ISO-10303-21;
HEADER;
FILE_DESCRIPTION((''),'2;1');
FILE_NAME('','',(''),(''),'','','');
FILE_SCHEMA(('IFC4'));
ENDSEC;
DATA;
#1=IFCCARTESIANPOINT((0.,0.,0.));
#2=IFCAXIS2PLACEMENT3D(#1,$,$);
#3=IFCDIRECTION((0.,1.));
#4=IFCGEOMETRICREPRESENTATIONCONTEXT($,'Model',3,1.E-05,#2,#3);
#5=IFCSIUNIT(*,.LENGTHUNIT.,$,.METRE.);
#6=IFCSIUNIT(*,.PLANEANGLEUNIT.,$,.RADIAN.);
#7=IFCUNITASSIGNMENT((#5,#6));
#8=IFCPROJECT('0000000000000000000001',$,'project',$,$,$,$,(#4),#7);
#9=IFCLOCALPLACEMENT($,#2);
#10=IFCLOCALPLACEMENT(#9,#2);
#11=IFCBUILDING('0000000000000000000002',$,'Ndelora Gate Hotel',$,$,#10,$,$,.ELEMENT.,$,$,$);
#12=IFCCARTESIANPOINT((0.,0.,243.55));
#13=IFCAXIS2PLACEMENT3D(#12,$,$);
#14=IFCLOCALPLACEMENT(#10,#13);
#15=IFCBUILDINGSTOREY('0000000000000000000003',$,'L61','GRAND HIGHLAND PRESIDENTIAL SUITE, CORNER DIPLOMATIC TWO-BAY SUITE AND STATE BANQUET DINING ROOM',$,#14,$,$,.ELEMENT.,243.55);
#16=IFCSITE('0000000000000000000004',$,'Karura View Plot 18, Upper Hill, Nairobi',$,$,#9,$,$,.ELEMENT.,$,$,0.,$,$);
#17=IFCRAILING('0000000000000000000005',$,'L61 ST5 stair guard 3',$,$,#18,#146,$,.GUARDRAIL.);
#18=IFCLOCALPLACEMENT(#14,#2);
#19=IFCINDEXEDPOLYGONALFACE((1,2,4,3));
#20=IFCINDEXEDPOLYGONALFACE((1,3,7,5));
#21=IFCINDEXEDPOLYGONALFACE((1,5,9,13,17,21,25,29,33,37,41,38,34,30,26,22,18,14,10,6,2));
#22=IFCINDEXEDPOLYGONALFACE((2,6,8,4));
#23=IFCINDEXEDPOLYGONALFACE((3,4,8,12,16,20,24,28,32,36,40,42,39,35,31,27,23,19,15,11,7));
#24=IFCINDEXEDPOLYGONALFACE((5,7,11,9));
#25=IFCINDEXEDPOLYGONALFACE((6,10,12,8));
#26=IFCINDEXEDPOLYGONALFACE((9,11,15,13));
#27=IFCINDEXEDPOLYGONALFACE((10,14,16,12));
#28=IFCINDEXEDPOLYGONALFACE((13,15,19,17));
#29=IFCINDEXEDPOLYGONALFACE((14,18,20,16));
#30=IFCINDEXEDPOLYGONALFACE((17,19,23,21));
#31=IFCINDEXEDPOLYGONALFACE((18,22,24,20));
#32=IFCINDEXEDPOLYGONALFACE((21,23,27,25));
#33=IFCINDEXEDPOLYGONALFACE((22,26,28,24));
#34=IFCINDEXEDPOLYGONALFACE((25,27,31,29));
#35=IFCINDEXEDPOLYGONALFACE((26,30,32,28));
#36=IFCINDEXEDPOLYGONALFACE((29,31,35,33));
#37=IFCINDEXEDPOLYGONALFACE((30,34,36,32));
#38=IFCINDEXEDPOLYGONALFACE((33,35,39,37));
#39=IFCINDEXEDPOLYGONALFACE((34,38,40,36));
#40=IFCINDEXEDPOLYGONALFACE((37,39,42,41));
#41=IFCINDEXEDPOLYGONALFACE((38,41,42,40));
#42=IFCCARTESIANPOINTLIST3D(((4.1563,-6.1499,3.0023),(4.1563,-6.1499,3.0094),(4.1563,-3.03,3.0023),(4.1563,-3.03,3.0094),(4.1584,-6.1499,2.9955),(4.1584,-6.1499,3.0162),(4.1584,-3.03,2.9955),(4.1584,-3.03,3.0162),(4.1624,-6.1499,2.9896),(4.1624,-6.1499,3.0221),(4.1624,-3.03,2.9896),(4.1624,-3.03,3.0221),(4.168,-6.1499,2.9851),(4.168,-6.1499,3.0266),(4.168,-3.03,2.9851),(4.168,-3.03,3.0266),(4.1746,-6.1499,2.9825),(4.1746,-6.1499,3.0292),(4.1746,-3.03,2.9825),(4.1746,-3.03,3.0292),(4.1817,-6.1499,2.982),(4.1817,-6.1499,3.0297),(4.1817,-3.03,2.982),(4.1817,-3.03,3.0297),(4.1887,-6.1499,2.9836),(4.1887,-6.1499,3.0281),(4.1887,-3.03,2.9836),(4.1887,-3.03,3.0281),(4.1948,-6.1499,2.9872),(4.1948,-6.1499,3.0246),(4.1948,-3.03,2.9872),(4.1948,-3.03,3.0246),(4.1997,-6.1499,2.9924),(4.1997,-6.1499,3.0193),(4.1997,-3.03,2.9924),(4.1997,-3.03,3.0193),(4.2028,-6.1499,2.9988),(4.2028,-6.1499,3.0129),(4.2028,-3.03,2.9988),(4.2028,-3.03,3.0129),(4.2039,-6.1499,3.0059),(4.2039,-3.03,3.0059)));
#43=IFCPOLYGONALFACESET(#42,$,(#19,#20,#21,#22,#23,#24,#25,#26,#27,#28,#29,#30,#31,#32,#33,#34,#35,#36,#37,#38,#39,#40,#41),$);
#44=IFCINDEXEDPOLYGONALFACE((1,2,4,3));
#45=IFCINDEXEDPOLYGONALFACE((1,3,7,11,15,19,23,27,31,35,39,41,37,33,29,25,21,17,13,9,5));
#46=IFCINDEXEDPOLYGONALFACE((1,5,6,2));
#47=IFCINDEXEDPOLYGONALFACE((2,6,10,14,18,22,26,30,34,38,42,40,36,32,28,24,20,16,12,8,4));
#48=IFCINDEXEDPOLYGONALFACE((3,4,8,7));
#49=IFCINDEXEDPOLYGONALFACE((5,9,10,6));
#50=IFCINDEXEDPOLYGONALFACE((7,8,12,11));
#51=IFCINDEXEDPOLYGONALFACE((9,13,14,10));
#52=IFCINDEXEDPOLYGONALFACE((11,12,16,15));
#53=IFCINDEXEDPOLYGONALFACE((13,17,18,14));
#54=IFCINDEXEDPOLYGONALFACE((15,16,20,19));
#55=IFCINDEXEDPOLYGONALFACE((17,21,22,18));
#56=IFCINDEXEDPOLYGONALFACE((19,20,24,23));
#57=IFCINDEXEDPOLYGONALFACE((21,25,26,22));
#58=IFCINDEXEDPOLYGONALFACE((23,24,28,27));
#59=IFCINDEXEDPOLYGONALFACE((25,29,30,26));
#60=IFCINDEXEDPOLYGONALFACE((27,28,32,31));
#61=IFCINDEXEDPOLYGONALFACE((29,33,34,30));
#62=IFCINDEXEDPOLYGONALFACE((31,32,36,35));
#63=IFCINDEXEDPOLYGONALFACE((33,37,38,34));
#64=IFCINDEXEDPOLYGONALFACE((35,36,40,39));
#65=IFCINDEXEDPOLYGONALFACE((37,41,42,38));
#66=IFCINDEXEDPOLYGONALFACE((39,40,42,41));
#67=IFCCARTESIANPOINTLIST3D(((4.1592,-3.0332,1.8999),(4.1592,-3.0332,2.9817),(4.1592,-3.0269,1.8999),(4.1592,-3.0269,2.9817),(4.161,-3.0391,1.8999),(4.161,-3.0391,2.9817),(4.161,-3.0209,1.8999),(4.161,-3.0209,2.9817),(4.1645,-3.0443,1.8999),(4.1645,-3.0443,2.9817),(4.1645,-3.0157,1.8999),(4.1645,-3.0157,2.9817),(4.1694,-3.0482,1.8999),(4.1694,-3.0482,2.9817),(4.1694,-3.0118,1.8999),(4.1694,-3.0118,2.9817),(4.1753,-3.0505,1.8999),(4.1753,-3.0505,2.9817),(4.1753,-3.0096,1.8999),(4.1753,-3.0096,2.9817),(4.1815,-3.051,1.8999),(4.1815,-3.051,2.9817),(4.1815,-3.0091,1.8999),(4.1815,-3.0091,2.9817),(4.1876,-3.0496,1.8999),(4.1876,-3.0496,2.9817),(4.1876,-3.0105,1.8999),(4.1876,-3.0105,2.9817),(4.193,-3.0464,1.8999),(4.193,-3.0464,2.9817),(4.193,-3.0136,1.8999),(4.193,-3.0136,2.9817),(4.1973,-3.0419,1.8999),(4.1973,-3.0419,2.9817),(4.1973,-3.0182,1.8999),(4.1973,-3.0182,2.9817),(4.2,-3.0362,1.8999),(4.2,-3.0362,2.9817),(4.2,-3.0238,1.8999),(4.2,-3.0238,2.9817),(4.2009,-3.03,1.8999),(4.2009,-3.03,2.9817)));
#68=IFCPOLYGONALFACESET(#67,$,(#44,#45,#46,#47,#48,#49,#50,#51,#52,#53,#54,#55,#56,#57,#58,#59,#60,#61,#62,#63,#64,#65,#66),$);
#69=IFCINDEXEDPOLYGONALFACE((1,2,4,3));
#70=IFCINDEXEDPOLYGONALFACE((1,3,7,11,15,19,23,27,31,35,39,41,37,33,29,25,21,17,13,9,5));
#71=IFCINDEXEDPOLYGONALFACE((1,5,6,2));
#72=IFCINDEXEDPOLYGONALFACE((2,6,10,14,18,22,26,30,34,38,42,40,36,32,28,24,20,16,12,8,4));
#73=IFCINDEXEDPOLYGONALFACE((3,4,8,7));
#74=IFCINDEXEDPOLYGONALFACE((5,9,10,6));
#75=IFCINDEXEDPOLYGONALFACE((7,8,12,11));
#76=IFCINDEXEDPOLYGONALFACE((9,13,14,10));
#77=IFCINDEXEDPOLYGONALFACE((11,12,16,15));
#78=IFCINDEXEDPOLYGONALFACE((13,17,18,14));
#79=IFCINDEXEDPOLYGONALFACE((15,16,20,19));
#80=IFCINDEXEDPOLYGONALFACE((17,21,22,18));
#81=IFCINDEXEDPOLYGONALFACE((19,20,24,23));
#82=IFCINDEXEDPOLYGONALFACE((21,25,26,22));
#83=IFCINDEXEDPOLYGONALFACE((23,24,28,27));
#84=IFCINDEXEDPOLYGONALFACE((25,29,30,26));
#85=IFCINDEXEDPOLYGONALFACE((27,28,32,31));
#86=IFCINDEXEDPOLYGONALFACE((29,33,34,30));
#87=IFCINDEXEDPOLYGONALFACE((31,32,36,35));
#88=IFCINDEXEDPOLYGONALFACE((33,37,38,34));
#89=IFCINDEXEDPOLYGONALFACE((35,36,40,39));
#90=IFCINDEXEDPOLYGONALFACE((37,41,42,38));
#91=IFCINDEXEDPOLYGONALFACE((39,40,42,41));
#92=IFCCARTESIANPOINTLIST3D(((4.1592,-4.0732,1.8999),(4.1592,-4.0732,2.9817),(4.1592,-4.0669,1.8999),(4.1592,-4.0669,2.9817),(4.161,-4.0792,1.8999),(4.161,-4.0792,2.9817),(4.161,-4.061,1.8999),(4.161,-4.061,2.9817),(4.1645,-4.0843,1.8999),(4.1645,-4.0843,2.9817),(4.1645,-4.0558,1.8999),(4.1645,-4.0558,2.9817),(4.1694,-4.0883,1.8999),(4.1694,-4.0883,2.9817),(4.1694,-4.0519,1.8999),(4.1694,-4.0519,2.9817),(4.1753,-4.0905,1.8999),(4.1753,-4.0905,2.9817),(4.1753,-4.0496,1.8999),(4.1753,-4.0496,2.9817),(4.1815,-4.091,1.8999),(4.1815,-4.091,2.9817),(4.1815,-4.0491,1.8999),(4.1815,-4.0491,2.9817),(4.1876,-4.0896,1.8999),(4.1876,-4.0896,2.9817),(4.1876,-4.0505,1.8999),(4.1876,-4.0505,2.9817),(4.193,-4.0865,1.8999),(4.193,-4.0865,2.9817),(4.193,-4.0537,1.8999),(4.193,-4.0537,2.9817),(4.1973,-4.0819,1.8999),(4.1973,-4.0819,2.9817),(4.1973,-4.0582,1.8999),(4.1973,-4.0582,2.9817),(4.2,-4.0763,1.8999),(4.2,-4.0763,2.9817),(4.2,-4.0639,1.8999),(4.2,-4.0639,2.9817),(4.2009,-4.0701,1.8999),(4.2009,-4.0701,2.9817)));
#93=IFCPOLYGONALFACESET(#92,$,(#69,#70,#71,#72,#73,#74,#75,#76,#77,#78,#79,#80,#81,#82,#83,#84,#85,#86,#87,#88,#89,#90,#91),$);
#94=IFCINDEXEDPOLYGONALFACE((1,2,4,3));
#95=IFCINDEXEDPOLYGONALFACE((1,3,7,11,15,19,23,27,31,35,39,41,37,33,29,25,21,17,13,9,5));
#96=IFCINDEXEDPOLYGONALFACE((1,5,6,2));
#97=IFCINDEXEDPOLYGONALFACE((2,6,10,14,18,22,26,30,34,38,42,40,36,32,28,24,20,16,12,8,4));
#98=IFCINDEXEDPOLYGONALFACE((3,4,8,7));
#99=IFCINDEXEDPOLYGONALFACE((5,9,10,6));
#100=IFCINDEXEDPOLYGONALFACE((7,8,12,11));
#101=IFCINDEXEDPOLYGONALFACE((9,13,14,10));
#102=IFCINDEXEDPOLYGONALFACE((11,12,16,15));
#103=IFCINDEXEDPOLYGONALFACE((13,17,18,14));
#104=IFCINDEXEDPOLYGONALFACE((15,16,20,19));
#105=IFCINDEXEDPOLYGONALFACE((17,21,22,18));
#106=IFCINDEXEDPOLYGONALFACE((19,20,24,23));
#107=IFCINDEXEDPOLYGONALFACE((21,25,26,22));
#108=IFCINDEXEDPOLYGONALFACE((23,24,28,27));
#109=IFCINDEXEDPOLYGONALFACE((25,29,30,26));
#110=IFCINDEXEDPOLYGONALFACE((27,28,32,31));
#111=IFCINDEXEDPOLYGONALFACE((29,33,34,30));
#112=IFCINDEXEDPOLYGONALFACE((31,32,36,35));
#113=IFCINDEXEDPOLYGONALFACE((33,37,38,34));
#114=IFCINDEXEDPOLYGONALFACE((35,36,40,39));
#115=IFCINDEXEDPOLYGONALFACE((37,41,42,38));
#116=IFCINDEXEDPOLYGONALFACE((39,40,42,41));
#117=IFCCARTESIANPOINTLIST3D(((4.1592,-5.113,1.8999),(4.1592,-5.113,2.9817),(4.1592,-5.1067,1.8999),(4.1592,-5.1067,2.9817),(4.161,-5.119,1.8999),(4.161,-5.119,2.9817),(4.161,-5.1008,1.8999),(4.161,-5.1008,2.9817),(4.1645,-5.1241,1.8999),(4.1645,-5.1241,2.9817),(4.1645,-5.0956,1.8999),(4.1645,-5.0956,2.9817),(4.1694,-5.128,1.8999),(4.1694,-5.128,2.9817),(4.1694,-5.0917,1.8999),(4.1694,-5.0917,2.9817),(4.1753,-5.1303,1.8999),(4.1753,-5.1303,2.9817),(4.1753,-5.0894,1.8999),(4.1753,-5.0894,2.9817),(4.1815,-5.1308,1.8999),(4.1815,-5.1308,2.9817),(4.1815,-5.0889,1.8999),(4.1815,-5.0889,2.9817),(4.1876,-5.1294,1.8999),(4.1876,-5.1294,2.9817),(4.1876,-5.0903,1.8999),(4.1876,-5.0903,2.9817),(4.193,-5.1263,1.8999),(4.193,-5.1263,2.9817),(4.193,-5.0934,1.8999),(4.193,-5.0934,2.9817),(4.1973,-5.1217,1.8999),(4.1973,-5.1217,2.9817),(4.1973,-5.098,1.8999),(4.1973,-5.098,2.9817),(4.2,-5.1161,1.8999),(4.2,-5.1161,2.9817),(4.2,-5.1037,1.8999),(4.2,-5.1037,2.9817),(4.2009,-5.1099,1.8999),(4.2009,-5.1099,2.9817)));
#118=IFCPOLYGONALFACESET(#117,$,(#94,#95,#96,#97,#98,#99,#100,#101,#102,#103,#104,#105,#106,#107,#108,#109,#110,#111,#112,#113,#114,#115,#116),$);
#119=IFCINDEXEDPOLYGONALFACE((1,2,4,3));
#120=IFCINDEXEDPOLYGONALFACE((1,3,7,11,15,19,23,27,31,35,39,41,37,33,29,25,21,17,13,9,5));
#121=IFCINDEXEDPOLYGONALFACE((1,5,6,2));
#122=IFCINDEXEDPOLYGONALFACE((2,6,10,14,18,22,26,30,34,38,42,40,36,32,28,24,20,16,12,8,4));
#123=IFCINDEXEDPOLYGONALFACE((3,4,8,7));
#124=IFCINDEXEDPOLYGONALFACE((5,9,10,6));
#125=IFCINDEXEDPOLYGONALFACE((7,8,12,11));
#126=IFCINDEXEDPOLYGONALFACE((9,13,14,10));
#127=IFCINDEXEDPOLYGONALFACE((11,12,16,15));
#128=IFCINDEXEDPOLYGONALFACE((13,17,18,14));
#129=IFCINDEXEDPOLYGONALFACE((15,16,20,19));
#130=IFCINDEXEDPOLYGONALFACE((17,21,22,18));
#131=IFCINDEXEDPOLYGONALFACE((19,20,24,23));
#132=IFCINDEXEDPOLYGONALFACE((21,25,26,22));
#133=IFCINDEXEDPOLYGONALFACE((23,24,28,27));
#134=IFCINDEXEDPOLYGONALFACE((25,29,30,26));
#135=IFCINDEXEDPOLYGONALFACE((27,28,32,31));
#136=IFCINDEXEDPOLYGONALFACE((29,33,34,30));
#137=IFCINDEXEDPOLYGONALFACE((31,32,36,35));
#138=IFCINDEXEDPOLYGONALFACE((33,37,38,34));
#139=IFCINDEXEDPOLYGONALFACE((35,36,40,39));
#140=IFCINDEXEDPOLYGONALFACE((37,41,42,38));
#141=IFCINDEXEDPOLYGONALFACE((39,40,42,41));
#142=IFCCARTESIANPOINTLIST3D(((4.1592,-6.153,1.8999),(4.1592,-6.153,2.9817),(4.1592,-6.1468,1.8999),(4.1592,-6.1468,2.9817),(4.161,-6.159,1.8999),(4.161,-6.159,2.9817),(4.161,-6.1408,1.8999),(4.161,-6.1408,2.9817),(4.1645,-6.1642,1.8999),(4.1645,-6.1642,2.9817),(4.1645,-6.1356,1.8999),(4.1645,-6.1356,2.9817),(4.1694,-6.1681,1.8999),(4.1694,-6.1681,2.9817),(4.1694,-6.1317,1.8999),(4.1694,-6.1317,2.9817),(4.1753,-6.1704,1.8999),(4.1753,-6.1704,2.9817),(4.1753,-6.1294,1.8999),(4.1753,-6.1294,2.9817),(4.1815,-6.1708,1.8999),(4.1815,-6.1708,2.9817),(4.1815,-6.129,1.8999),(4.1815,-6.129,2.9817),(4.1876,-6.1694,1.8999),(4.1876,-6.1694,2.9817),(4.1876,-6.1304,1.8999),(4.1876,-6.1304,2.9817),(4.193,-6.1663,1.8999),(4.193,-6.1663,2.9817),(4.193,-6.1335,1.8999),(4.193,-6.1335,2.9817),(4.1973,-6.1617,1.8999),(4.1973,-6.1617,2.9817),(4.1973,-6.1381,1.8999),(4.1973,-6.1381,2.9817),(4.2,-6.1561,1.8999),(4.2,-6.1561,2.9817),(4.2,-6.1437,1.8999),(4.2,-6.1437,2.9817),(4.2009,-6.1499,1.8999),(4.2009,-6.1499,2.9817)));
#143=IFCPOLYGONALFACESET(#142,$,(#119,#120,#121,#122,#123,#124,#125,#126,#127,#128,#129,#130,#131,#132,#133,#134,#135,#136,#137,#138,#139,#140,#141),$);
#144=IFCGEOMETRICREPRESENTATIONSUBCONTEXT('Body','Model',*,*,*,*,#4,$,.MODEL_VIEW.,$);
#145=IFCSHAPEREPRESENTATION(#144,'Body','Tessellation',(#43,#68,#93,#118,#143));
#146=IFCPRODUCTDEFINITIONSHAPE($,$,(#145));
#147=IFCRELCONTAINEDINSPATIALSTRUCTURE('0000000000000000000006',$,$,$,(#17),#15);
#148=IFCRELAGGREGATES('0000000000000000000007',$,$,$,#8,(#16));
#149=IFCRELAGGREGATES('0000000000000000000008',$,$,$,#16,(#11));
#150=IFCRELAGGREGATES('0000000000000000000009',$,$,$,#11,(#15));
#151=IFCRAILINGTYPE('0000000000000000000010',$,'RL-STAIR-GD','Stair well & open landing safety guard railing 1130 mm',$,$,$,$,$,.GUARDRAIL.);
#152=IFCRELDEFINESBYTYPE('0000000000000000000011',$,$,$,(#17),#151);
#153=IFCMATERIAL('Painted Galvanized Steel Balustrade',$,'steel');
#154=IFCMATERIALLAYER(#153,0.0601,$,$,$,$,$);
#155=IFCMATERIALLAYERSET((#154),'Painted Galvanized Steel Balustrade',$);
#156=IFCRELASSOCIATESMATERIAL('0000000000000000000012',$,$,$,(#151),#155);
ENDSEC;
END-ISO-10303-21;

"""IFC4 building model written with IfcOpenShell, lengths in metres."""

from ifc_helpers import new_model, si_unit, direction, frame, origin, origin_2d, place, context, subcontext, project, spatial, circle, extrude, material, layer, layer_set, type_object, element, save


model = new_model("IFC4")

# Units and contexts
model_context = context("Model", 3, precision=1e-05, world=origin(), true_north=direction((0.0, 1.0)))
body_context = subcontext(model_context, "Body", "Model", "MODEL_VIEW")
ifc_project = project(units=[si_unit("LENGTHUNIT", "METRE"), si_unit("PLANEANGLEUNIT", "RADIAN")], contexts=[model_context])

# Site, building, storey
site_placement = place(None, origin())
site = spatial("IfcSite", under=ifc_project, at=site_placement, Name="Karura View Plot 18, Upper Hill, Nairobi", CompositionType="ELEMENT", RefElevation=0.0)
building_placement = place(site_placement, origin())
building = spatial("IfcBuilding", under=site, at=building_placement, Name="Ndelora Gate Hotel", CompositionType="ELEMENT")
storey_placement = place(building_placement, frame((0.0, 0.0, 243.55)))
storey = spatial("IfcBuildingStorey", under=building, at=storey_placement, Name="L61", Description="GRAND HIGHLAND PRESIDENTIAL SUITE, CORNER DIPLOMATIC TWO-BAY SUITE AND STATE BANQUET DINING ROOM", CompositionType="ELEMENT", Elevation=243.55)

# Railing
ifc_material_1 = material(Name="Painted Galvanized Steel Balustrade", Category="steel")
ifc_layer_1 = layer(ifc_material_1, 0.0601)
ifc_layer_set_1 = layer_set([ifc_layer_1], Name="Painted Galvanized Steel Balustrade")
railing_type_1 = type_object("IfcRailingType", Name="RL-STAIR-GD", Description="Stair well & open landing safety guard railing 1130 mm", PredefinedType="GUARDRAIL", material=ifc_layer_set_1)
for number, where, name in (
    (1, (4.1799, -3.03, 1.8999), "L61 ST5 stair guard 3"),
):
    element("IfcRailing", number, at=place(storey_placement, frame(where)), inside=storey, type_object=railing_type_1, Name=name, PredefinedType="GUARDRAIL", context=body_context, shape_type="SweptSolid", body=[
        extrude(circle(Radius=0.0239, at=origin_2d()), frame((0.0, 0.0, 1.106), z_axis=(0.0, -1.0, 0.0), x_axis=(1.0, 0.0, 0.0)), (0.0, 0.0, 1.0), 3.1199),
        extrude(circle(Radius=0.021, at=origin_2d()), origin(), (0.0, 0.0, 1.0), 1.0818),
        extrude(circle(Radius=0.021, at=origin_2d()), frame((0.0, -1.04, 0.0)), (0.0, 0.0, 1.0), 1.0818),
        extrude(circle(Radius=0.021, at=origin_2d()), frame((0.0, -2.0798, 0.0)), (0.0, 0.0, 1.0), 1.0818),
        extrude(circle(Radius=0.021, at=origin_2d()), frame((0.0, -3.1199, 0.0)), (0.0, 0.0, 1.0), 1.0818),
    ])

save(model, "model.ifc")
